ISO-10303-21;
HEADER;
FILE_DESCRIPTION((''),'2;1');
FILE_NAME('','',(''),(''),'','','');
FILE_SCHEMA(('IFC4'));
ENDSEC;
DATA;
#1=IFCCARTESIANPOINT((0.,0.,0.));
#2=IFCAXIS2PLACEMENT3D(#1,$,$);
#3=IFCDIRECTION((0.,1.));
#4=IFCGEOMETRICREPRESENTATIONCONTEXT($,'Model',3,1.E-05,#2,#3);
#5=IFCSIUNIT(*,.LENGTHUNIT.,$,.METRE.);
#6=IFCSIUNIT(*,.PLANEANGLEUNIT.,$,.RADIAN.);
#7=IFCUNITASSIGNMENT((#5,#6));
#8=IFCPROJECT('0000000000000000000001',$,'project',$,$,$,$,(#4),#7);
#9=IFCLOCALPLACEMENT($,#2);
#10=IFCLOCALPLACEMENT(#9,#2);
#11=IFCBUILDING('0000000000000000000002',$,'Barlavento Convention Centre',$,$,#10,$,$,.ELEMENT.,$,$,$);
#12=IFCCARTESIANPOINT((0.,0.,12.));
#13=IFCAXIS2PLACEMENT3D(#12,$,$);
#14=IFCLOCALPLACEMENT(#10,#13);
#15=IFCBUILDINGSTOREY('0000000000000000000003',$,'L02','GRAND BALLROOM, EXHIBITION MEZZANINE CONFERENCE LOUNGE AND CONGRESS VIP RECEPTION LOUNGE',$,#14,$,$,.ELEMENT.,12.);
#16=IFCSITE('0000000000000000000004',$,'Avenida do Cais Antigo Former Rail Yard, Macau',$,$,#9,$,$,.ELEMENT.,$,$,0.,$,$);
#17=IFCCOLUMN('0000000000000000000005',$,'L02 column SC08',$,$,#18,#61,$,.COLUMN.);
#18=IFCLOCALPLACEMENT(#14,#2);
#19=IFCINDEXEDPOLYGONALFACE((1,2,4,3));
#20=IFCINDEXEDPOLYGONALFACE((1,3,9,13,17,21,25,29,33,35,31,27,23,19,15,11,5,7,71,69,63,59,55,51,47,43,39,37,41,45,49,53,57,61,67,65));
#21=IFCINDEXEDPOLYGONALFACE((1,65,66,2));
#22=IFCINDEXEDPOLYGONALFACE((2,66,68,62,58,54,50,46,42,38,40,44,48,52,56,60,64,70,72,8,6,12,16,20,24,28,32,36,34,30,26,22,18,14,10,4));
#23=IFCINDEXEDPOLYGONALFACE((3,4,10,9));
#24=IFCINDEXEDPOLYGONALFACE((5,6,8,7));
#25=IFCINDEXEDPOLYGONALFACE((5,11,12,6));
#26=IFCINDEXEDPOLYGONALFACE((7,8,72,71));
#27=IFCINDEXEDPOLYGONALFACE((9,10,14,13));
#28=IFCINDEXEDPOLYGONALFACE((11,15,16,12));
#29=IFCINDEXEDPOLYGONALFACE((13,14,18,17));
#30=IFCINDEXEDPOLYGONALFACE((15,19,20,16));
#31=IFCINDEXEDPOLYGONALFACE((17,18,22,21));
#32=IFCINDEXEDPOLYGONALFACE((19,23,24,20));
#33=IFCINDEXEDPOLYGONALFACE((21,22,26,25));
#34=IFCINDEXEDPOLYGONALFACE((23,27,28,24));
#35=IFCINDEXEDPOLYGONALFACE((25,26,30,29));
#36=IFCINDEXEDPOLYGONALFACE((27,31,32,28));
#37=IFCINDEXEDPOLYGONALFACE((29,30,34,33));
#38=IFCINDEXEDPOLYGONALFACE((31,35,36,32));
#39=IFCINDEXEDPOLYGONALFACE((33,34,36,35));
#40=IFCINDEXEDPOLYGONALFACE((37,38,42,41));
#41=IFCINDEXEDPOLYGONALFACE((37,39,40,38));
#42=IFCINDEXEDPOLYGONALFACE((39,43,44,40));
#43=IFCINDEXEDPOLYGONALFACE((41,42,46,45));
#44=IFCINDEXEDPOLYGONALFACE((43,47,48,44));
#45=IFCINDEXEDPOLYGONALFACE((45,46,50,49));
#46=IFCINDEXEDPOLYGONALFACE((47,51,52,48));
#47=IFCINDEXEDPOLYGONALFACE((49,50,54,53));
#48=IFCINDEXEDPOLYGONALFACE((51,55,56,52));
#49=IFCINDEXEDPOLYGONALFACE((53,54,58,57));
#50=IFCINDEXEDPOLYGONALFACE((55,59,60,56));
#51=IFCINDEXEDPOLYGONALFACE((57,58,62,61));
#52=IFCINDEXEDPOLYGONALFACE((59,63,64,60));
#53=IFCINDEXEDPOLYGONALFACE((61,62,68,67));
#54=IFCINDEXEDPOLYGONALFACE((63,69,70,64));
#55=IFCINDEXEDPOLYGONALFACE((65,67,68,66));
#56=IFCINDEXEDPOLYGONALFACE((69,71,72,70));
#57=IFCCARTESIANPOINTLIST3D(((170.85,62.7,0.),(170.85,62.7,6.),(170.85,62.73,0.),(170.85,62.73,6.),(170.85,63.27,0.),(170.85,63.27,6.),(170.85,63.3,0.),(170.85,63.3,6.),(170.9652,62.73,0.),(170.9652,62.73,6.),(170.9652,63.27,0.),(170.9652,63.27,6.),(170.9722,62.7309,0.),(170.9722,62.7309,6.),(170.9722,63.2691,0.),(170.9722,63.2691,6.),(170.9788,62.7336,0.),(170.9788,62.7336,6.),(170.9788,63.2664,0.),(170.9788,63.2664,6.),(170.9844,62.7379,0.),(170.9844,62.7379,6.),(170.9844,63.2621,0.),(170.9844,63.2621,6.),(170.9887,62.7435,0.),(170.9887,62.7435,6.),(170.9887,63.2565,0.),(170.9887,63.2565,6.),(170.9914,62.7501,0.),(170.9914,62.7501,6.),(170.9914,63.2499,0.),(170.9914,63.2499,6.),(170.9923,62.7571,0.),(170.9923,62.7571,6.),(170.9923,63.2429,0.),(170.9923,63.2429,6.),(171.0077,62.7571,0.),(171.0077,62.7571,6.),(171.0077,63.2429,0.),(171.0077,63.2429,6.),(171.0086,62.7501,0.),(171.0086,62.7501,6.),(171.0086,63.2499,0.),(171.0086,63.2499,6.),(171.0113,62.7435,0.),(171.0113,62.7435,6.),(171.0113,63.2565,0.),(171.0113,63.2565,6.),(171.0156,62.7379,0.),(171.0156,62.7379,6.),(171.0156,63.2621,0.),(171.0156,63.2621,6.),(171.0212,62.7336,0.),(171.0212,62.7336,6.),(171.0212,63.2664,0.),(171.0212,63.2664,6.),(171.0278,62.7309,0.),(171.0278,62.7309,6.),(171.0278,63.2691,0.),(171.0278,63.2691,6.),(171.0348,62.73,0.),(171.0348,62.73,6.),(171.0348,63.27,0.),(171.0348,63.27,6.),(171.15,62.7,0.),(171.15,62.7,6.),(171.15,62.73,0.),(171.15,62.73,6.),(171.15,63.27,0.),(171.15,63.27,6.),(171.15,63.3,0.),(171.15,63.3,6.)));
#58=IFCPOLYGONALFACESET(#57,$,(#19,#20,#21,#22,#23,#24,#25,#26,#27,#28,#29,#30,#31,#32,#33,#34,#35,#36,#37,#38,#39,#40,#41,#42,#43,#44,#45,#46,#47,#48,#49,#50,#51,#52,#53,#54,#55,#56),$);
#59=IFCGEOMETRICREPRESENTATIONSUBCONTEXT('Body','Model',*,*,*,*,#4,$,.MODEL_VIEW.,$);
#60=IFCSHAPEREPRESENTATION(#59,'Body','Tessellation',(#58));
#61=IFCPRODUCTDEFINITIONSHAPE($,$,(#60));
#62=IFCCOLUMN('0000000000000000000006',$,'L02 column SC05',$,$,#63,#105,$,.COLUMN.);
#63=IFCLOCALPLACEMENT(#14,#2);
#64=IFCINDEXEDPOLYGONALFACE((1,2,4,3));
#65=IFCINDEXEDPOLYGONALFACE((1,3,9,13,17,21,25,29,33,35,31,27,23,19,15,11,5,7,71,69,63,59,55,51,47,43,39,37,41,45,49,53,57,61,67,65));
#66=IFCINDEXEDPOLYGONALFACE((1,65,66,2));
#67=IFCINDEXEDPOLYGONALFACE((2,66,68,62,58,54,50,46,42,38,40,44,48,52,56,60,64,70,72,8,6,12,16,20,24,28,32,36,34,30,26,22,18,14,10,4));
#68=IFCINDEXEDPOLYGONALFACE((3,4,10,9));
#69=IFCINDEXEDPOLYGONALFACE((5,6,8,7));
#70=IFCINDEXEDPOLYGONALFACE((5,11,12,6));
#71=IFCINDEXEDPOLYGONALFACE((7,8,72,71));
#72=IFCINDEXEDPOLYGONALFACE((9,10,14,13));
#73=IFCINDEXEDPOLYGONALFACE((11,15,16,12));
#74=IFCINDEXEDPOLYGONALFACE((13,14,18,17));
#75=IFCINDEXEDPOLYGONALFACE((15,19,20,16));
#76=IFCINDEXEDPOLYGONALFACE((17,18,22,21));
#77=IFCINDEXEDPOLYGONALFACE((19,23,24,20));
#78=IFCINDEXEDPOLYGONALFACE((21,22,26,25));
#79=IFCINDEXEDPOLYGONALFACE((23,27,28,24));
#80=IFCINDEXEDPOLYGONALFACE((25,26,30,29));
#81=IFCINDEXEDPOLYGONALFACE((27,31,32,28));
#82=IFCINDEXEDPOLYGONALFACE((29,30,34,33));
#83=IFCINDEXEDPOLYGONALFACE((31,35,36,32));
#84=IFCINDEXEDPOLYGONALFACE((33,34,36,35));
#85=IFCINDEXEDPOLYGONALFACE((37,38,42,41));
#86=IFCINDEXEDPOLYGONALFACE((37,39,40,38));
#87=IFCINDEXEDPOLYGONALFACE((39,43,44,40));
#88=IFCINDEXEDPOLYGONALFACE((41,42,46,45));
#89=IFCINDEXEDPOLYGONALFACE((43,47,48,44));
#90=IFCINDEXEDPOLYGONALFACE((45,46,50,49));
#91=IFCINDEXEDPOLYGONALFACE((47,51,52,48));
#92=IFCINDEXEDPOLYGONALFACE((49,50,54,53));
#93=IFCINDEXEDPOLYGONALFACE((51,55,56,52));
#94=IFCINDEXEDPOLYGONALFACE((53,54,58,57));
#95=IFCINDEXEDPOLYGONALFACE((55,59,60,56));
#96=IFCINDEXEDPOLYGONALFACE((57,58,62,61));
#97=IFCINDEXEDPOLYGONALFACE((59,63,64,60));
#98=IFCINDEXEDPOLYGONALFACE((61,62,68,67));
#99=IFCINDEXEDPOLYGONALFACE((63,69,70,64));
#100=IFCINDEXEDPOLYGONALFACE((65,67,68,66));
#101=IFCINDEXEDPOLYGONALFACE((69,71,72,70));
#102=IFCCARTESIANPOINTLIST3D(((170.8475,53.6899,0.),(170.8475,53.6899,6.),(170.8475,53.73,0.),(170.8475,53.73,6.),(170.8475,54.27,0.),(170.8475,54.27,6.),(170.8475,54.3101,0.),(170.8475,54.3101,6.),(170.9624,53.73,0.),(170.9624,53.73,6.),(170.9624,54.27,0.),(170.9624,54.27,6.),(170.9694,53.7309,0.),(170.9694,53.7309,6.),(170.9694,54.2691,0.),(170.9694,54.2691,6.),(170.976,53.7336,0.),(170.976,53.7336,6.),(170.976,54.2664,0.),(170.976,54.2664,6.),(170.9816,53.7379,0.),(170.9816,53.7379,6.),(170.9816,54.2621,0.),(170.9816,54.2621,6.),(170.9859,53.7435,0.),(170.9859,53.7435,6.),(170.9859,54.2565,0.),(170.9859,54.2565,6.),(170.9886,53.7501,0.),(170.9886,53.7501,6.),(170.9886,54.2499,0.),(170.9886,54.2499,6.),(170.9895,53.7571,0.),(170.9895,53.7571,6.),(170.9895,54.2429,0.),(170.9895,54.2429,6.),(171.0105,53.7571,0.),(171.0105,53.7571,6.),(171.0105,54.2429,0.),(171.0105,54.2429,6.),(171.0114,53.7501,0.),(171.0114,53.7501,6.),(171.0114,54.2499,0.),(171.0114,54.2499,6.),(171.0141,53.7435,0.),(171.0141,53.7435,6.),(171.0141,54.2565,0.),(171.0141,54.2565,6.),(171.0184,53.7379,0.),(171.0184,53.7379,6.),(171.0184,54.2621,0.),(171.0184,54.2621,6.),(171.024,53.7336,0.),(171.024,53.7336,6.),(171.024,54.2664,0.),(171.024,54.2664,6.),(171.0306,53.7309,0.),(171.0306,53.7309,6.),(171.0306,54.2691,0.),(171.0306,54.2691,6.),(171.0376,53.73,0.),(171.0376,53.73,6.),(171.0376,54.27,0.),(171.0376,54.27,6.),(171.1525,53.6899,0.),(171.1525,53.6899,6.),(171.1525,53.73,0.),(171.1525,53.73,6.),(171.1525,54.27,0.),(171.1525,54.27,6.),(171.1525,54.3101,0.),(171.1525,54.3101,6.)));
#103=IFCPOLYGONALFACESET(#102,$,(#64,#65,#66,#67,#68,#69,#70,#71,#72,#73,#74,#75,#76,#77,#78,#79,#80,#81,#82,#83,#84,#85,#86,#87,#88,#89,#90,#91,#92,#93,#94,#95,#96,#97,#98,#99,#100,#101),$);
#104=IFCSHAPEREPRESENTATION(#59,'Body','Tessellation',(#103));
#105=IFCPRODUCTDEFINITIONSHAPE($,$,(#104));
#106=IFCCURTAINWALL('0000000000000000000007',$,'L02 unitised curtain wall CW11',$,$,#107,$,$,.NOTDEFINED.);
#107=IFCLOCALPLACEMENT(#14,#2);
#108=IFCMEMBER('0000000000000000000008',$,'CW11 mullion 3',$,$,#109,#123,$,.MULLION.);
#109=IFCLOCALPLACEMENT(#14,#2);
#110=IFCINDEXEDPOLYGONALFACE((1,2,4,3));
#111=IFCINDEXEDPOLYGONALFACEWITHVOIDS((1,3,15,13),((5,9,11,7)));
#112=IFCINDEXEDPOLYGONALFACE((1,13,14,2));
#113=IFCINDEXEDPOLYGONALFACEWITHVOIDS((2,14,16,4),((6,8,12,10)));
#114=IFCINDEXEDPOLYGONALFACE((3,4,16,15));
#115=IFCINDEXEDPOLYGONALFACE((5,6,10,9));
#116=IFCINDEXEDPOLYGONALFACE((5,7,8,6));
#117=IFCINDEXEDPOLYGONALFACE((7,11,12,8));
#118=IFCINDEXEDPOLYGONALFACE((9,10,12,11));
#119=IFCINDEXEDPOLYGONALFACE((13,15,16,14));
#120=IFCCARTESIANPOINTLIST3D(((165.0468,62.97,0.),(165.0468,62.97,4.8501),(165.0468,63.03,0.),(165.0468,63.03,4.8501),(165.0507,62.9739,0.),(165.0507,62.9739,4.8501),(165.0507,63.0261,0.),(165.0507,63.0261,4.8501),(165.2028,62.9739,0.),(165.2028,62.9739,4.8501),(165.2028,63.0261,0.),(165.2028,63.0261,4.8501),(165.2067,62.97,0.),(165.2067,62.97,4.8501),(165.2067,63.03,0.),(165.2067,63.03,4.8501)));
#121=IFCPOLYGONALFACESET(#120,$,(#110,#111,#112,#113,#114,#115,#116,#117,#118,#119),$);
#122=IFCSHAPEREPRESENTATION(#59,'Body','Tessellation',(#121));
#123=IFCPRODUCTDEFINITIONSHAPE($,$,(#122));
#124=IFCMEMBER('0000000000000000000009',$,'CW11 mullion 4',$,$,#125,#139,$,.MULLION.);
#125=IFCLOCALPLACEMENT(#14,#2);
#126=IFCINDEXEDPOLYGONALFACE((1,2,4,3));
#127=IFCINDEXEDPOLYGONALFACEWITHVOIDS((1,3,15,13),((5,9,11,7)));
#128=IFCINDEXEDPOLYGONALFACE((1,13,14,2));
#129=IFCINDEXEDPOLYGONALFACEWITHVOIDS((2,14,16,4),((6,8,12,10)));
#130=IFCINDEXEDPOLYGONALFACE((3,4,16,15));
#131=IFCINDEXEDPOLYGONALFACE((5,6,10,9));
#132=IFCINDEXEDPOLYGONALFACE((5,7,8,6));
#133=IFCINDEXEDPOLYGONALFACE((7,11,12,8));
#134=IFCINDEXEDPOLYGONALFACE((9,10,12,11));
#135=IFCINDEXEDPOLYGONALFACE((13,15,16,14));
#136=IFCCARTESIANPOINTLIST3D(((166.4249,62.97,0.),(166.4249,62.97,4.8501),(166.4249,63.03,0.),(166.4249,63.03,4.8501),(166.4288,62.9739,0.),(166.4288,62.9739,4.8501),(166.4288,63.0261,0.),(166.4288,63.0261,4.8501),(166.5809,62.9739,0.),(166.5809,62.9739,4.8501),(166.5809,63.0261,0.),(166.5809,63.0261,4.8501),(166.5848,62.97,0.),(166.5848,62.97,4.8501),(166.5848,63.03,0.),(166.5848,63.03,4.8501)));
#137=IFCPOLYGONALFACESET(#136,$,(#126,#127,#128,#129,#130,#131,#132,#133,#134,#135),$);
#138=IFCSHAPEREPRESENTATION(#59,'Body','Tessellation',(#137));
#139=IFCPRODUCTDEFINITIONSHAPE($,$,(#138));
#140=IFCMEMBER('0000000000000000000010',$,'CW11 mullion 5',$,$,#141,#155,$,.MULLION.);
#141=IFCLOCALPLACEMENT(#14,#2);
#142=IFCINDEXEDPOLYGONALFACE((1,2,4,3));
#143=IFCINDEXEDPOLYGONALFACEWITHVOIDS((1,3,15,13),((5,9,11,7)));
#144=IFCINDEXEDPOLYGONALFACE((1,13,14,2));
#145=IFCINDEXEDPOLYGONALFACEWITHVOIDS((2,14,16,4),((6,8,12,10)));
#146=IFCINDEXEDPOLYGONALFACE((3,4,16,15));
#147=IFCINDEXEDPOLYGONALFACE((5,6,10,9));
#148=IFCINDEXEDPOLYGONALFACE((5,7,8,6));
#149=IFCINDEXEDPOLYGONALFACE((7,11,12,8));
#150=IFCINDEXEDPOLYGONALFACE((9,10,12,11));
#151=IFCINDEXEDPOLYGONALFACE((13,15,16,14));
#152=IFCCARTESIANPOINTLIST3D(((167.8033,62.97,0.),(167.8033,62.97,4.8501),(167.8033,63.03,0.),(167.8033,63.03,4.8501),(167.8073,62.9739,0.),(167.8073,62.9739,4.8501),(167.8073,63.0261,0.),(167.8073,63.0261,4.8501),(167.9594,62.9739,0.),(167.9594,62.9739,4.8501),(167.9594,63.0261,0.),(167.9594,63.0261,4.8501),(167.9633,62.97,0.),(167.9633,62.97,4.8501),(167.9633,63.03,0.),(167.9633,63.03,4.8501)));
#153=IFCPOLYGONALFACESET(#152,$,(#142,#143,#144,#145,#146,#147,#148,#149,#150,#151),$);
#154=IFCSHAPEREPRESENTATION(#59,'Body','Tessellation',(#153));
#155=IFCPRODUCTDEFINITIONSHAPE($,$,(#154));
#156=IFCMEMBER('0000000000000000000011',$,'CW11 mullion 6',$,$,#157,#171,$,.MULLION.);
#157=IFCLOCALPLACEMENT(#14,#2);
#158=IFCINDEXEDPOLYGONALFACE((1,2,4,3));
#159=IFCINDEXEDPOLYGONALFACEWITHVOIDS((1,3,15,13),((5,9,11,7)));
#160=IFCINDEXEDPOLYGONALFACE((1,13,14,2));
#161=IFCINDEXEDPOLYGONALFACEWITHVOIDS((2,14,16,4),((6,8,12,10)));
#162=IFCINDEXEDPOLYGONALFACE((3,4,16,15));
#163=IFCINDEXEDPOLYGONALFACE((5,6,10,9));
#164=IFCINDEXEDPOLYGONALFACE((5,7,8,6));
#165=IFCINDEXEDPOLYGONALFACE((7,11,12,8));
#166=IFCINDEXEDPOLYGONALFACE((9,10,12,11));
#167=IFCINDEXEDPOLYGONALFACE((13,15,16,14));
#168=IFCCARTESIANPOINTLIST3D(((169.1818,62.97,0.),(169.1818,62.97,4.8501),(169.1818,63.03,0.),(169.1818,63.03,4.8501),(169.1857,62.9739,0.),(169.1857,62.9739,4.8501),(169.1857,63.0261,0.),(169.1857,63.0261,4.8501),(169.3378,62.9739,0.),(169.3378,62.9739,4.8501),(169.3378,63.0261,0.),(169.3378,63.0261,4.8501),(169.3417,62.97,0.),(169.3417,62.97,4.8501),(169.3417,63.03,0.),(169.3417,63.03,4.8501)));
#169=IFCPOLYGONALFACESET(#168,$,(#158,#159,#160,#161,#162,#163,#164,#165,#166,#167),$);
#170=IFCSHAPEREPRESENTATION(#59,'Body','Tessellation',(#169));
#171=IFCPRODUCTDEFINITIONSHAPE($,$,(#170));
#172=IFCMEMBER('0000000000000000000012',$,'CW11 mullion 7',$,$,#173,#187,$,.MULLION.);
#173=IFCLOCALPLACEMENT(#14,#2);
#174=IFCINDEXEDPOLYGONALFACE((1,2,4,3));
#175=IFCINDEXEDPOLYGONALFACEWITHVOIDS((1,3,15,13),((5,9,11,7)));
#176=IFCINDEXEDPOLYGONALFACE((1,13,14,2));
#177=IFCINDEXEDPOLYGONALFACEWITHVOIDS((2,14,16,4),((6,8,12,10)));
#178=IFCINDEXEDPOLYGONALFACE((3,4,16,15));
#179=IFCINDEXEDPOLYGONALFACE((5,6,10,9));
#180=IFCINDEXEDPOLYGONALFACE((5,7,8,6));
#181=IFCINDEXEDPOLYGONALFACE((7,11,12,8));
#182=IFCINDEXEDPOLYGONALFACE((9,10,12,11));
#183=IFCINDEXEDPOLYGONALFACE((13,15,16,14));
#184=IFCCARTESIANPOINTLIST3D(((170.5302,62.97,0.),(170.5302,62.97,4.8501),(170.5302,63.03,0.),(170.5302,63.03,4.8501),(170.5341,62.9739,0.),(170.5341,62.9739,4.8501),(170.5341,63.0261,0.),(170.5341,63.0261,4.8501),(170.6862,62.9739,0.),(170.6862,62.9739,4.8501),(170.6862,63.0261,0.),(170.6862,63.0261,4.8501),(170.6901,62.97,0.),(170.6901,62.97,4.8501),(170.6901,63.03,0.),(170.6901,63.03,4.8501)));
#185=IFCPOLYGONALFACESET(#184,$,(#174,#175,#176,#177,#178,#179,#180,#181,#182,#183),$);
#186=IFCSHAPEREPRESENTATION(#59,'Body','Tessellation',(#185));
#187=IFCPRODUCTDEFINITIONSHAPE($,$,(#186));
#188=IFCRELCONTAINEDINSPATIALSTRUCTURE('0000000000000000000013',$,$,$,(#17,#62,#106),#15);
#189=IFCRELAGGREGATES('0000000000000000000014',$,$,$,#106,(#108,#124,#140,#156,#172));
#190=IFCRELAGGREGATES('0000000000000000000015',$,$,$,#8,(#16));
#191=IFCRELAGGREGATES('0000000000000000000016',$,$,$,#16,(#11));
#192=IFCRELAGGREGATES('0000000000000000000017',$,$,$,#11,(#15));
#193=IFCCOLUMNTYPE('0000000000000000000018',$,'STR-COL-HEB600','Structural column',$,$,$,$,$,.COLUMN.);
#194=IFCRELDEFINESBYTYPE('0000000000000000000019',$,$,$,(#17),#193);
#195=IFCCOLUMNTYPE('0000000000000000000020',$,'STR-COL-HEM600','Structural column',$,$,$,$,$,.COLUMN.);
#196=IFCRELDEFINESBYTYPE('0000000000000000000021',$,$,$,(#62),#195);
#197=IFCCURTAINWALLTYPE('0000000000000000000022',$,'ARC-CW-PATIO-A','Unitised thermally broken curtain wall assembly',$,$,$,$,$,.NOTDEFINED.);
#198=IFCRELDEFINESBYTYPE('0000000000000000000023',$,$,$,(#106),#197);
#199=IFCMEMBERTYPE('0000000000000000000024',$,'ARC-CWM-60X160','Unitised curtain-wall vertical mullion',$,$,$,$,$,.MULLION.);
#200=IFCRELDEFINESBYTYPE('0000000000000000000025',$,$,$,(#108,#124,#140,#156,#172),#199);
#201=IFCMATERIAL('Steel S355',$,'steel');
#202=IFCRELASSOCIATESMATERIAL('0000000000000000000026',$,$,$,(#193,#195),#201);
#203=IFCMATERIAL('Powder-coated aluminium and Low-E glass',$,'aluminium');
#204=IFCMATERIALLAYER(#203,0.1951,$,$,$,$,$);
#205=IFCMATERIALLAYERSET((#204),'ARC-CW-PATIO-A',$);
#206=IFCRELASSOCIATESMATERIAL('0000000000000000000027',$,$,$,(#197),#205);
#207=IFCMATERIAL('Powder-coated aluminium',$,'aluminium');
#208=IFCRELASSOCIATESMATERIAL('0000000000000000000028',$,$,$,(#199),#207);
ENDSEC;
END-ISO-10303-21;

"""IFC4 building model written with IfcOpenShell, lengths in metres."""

from ifc_helpers import new_model, si_unit, direction, frame, origin, origin_2d, place, context, subcontext, project, spatial, hollow_rectangle, i_section, extrude, material, layer, layer_set, material_profile, profile_set, type_object, element, aggregate, save


model = new_model("IFC4")

# Units and contexts
model_context = context("Model", 3, precision=1e-05, world=origin(), true_north=direction((0.0, 1.0)))
body_context = subcontext(model_context, "Body", "Model", "MODEL_VIEW")
ifc_project = project(units=[si_unit("LENGTHUNIT", "METRE"), si_unit("PLANEANGLEUNIT", "RADIAN")], contexts=[model_context])

# Site, building, storey
site_placement = place(None, origin())
site = spatial("IfcSite", under=ifc_project, at=site_placement, Name="Avenida do Cais Antigo Former Rail Yard, Macau", CompositionType="ELEMENT", RefElevation=0.0)
building_placement = place(site_placement, origin())
building = spatial("IfcBuilding", under=site, at=building_placement, Name="Barlavento Convention Centre", CompositionType="ELEMENT")
storey_placement = place(building_placement, frame((0.0, 0.0, 12.0)))
storey = spatial("IfcBuildingStorey", under=building, at=storey_placement, Name="L02", Description="GRAND BALLROOM, EXHIBITION MEZZANINE CONFERENCE LOUNGE AND CONGRESS VIP RECEPTION LOUNGE", CompositionType="ELEMENT", Elevation=12.0)

# Columns
ifc_material_1 = material(Name="Steel S355", Category="steel")
ifc_material_profile_1 = material_profile(ifc_material_1, i_section(OverallWidth=0.3, OverallDepth=0.6001, WebThickness=0.0154, FlangeThickness=0.03, FilletRadius=0.0271, at=origin_2d()), Name="HEB 600")
ifc_profile_set_1 = profile_set([ifc_material_profile_1], Name="Steel S355")
column_type_1 = type_object("IfcColumnType", Name="STR-COL-HEB600", Description="Structural column", PredefinedType="COLUMN", material=ifc_profile_set_1)
column_1_placement = place(storey_placement, frame((171.0, 63.0, 0.0), z_axis=(0.0, 0.0, 1.0), x_axis=(1.0, 0.0, 0.0)))
element("IfcColumn", 1, at=column_1_placement, inside=storey, type_object=column_type_1, Name="L02 column SC08", PredefinedType="COLUMN", context=body_context, shape_type="SweptSolid", body=[
    extrude(i_section(OverallWidth=0.3, OverallDepth=0.6001, WebThickness=0.0154, FlangeThickness=0.03, FilletRadius=0.0271, at=origin_2d()), origin(), (0.0, 0.0, 1.0), 6.0),
])
ifc_material_profile_2 = material_profile(ifc_material_1, i_section(OverallWidth=0.3049, OverallDepth=0.6201, WebThickness=0.021, FlangeThickness=0.04, FilletRadius=0.0271, at=origin_2d()), Name="HEM 600")
ifc_profile_set_2 = profile_set([ifc_material_profile_2], Name="Steel S355")
column_type_2 = type_object("IfcColumnType", Name="STR-COL-HEM600", Description="Structural column", PredefinedType="COLUMN", material=ifc_profile_set_2)
column_2_placement = place(storey_placement, frame((171.0, 54.0, 0.0), z_axis=(0.0, 0.0, 1.0), x_axis=(1.0, 0.0, 0.0)))
element("IfcColumn", 2, at=column_2_placement, inside=storey, type_object=column_type_2, Name="L02 column SC05", PredefinedType="COLUMN", context=body_context, shape_type="SweptSolid", body=[
    extrude(i_section(OverallWidth=0.3049, OverallDepth=0.6201, WebThickness=0.021, FlangeThickness=0.04, FilletRadius=0.0271, at=origin_2d()), origin(), (0.0, 0.0, 1.0), 6.0),
])

# Curtain wall, members
ifc_material_2 = material(Name="Powder-coated aluminium and Low-E glass", Category="aluminium")
ifc_layer_1 = layer(ifc_material_2, 0.1951)
ifc_layer_set_1 = layer_set([ifc_layer_1], Name="ARC-CW-PATIO-A")
curtain_wall_type = type_object("IfcCurtainWallType", Name="ARC-CW-PATIO-A", Description="Unitised thermally broken curtain wall assembly", PredefinedType="NOTDEFINED", material=ifc_layer_set_1)
curtain_wall_placement = place(storey_placement, origin())
curtain_wall = element("IfcCurtainWall", 3, at=curtain_wall_placement, inside=storey, type_object=curtain_wall_type, Name="L02 unitised curtain wall CW11", PredefinedType="NOTDEFINED")
ifc_material_3 = material(Name="Powder-coated aluminium", Category="aluminium")
ifc_material_profile_3 = material_profile(ifc_material_3, hollow_rectangle(XDim=0.0601, YDim=0.1599, WallThickness=0.0039, at=origin_2d()), Name="AL-MULL 60x160x4")
ifc_profile_set_3 = profile_set([ifc_material_profile_3], Name="Powder-coated aluminium")
member_type_1 = type_object("IfcMemberType", Name="ARC-CWM-60X160", Description="Unitised curtain-wall vertical mullion", PredefinedType="MULLION", material=ifc_profile_set_3)
member_1_placement = place(storey_placement, frame((165.1267, 63.0, 0.0), z_axis=(0.0, 0.0, 1.0), x_axis=(0.0, 1.0, 0.0)))
member_1 = element("IfcMember", 4, at=member_1_placement, type_object=member_type_1, Name="CW11 mullion 3", PredefinedType="MULLION", context=body_context, shape_type="SweptSolid", body=[
    extrude(hollow_rectangle(XDim=0.0601, YDim=0.1599, WallThickness=0.0039, at=origin_2d()), origin(), (0.0, 0.0, 1.0), 4.8501),
])
member_2_placement = place(storey_placement, frame((166.5049, 63.0, 0.0), z_axis=(0.0, 0.0, 1.0), x_axis=(0.0, 1.0, 0.0)))
member_2 = element("IfcMember", 5, at=member_2_placement, type_object=member_type_1, Name="CW11 mullion 4", PredefinedType="MULLION", context=body_context, shape_type="SweptSolid", body=[
    extrude(hollow_rectangle(XDim=0.0601, YDim=0.1599, WallThickness=0.0039, at=origin_2d()), origin(), (0.0, 0.0, 1.0), 4.8501),
])
member_3_placement = place(storey_placement, frame((167.8833, 63.0, 0.0), z_axis=(0.0, 0.0, 1.0), x_axis=(0.0, 1.0, 0.0)))
member_3 = element("IfcMember", 6, at=member_3_placement, type_object=member_type_1, Name="CW11 mullion 5", PredefinedType="MULLION", context=body_context, shape_type="SweptSolid", body=[
    extrude(hollow_rectangle(XDim=0.0601, YDim=0.1599, WallThickness=0.0039, at=origin_2d()), origin(), (0.0, 0.0, 1.0), 4.8501),
])
member_4_placement = place(storey_placement, frame((169.2617, 63.0, 0.0), z_axis=(0.0, 0.0, 1.0), x_axis=(0.0, 1.0, 0.0)))
member_4 = element("IfcMember", 7, at=member_4_placement, type_object=member_type_1, Name="CW11 mullion 6", PredefinedType="MULLION", context=body_context, shape_type="SweptSolid", body=[
    extrude(hollow_rectangle(XDim=0.0601, YDim=0.1599, WallThickness=0.0039, at=origin_2d()), origin(), (0.0, 0.0, 1.0), 4.8501),
])
member_5_placement = place(storey_placement, frame((170.6101, 63.0, 0.0), z_axis=(0.0, 0.0, 1.0), x_axis=(0.0, 1.0, 0.0)))
member_5 = element("IfcMember", 8, at=member_5_placement, type_object=member_type_1, Name="CW11 mullion 7", PredefinedType="MULLION", context=body_context, shape_type="SweptSolid", body=[
    extrude(hollow_rectangle(XDim=0.0601, YDim=0.1599, WallThickness=0.0039, at=origin_2d()), origin(), (0.0, 0.0, 1.0), 4.8501),
])

aggregate(curtain_wall, [member_1, member_2, member_3, member_4, member_5])

save(model, "model.ifc")
